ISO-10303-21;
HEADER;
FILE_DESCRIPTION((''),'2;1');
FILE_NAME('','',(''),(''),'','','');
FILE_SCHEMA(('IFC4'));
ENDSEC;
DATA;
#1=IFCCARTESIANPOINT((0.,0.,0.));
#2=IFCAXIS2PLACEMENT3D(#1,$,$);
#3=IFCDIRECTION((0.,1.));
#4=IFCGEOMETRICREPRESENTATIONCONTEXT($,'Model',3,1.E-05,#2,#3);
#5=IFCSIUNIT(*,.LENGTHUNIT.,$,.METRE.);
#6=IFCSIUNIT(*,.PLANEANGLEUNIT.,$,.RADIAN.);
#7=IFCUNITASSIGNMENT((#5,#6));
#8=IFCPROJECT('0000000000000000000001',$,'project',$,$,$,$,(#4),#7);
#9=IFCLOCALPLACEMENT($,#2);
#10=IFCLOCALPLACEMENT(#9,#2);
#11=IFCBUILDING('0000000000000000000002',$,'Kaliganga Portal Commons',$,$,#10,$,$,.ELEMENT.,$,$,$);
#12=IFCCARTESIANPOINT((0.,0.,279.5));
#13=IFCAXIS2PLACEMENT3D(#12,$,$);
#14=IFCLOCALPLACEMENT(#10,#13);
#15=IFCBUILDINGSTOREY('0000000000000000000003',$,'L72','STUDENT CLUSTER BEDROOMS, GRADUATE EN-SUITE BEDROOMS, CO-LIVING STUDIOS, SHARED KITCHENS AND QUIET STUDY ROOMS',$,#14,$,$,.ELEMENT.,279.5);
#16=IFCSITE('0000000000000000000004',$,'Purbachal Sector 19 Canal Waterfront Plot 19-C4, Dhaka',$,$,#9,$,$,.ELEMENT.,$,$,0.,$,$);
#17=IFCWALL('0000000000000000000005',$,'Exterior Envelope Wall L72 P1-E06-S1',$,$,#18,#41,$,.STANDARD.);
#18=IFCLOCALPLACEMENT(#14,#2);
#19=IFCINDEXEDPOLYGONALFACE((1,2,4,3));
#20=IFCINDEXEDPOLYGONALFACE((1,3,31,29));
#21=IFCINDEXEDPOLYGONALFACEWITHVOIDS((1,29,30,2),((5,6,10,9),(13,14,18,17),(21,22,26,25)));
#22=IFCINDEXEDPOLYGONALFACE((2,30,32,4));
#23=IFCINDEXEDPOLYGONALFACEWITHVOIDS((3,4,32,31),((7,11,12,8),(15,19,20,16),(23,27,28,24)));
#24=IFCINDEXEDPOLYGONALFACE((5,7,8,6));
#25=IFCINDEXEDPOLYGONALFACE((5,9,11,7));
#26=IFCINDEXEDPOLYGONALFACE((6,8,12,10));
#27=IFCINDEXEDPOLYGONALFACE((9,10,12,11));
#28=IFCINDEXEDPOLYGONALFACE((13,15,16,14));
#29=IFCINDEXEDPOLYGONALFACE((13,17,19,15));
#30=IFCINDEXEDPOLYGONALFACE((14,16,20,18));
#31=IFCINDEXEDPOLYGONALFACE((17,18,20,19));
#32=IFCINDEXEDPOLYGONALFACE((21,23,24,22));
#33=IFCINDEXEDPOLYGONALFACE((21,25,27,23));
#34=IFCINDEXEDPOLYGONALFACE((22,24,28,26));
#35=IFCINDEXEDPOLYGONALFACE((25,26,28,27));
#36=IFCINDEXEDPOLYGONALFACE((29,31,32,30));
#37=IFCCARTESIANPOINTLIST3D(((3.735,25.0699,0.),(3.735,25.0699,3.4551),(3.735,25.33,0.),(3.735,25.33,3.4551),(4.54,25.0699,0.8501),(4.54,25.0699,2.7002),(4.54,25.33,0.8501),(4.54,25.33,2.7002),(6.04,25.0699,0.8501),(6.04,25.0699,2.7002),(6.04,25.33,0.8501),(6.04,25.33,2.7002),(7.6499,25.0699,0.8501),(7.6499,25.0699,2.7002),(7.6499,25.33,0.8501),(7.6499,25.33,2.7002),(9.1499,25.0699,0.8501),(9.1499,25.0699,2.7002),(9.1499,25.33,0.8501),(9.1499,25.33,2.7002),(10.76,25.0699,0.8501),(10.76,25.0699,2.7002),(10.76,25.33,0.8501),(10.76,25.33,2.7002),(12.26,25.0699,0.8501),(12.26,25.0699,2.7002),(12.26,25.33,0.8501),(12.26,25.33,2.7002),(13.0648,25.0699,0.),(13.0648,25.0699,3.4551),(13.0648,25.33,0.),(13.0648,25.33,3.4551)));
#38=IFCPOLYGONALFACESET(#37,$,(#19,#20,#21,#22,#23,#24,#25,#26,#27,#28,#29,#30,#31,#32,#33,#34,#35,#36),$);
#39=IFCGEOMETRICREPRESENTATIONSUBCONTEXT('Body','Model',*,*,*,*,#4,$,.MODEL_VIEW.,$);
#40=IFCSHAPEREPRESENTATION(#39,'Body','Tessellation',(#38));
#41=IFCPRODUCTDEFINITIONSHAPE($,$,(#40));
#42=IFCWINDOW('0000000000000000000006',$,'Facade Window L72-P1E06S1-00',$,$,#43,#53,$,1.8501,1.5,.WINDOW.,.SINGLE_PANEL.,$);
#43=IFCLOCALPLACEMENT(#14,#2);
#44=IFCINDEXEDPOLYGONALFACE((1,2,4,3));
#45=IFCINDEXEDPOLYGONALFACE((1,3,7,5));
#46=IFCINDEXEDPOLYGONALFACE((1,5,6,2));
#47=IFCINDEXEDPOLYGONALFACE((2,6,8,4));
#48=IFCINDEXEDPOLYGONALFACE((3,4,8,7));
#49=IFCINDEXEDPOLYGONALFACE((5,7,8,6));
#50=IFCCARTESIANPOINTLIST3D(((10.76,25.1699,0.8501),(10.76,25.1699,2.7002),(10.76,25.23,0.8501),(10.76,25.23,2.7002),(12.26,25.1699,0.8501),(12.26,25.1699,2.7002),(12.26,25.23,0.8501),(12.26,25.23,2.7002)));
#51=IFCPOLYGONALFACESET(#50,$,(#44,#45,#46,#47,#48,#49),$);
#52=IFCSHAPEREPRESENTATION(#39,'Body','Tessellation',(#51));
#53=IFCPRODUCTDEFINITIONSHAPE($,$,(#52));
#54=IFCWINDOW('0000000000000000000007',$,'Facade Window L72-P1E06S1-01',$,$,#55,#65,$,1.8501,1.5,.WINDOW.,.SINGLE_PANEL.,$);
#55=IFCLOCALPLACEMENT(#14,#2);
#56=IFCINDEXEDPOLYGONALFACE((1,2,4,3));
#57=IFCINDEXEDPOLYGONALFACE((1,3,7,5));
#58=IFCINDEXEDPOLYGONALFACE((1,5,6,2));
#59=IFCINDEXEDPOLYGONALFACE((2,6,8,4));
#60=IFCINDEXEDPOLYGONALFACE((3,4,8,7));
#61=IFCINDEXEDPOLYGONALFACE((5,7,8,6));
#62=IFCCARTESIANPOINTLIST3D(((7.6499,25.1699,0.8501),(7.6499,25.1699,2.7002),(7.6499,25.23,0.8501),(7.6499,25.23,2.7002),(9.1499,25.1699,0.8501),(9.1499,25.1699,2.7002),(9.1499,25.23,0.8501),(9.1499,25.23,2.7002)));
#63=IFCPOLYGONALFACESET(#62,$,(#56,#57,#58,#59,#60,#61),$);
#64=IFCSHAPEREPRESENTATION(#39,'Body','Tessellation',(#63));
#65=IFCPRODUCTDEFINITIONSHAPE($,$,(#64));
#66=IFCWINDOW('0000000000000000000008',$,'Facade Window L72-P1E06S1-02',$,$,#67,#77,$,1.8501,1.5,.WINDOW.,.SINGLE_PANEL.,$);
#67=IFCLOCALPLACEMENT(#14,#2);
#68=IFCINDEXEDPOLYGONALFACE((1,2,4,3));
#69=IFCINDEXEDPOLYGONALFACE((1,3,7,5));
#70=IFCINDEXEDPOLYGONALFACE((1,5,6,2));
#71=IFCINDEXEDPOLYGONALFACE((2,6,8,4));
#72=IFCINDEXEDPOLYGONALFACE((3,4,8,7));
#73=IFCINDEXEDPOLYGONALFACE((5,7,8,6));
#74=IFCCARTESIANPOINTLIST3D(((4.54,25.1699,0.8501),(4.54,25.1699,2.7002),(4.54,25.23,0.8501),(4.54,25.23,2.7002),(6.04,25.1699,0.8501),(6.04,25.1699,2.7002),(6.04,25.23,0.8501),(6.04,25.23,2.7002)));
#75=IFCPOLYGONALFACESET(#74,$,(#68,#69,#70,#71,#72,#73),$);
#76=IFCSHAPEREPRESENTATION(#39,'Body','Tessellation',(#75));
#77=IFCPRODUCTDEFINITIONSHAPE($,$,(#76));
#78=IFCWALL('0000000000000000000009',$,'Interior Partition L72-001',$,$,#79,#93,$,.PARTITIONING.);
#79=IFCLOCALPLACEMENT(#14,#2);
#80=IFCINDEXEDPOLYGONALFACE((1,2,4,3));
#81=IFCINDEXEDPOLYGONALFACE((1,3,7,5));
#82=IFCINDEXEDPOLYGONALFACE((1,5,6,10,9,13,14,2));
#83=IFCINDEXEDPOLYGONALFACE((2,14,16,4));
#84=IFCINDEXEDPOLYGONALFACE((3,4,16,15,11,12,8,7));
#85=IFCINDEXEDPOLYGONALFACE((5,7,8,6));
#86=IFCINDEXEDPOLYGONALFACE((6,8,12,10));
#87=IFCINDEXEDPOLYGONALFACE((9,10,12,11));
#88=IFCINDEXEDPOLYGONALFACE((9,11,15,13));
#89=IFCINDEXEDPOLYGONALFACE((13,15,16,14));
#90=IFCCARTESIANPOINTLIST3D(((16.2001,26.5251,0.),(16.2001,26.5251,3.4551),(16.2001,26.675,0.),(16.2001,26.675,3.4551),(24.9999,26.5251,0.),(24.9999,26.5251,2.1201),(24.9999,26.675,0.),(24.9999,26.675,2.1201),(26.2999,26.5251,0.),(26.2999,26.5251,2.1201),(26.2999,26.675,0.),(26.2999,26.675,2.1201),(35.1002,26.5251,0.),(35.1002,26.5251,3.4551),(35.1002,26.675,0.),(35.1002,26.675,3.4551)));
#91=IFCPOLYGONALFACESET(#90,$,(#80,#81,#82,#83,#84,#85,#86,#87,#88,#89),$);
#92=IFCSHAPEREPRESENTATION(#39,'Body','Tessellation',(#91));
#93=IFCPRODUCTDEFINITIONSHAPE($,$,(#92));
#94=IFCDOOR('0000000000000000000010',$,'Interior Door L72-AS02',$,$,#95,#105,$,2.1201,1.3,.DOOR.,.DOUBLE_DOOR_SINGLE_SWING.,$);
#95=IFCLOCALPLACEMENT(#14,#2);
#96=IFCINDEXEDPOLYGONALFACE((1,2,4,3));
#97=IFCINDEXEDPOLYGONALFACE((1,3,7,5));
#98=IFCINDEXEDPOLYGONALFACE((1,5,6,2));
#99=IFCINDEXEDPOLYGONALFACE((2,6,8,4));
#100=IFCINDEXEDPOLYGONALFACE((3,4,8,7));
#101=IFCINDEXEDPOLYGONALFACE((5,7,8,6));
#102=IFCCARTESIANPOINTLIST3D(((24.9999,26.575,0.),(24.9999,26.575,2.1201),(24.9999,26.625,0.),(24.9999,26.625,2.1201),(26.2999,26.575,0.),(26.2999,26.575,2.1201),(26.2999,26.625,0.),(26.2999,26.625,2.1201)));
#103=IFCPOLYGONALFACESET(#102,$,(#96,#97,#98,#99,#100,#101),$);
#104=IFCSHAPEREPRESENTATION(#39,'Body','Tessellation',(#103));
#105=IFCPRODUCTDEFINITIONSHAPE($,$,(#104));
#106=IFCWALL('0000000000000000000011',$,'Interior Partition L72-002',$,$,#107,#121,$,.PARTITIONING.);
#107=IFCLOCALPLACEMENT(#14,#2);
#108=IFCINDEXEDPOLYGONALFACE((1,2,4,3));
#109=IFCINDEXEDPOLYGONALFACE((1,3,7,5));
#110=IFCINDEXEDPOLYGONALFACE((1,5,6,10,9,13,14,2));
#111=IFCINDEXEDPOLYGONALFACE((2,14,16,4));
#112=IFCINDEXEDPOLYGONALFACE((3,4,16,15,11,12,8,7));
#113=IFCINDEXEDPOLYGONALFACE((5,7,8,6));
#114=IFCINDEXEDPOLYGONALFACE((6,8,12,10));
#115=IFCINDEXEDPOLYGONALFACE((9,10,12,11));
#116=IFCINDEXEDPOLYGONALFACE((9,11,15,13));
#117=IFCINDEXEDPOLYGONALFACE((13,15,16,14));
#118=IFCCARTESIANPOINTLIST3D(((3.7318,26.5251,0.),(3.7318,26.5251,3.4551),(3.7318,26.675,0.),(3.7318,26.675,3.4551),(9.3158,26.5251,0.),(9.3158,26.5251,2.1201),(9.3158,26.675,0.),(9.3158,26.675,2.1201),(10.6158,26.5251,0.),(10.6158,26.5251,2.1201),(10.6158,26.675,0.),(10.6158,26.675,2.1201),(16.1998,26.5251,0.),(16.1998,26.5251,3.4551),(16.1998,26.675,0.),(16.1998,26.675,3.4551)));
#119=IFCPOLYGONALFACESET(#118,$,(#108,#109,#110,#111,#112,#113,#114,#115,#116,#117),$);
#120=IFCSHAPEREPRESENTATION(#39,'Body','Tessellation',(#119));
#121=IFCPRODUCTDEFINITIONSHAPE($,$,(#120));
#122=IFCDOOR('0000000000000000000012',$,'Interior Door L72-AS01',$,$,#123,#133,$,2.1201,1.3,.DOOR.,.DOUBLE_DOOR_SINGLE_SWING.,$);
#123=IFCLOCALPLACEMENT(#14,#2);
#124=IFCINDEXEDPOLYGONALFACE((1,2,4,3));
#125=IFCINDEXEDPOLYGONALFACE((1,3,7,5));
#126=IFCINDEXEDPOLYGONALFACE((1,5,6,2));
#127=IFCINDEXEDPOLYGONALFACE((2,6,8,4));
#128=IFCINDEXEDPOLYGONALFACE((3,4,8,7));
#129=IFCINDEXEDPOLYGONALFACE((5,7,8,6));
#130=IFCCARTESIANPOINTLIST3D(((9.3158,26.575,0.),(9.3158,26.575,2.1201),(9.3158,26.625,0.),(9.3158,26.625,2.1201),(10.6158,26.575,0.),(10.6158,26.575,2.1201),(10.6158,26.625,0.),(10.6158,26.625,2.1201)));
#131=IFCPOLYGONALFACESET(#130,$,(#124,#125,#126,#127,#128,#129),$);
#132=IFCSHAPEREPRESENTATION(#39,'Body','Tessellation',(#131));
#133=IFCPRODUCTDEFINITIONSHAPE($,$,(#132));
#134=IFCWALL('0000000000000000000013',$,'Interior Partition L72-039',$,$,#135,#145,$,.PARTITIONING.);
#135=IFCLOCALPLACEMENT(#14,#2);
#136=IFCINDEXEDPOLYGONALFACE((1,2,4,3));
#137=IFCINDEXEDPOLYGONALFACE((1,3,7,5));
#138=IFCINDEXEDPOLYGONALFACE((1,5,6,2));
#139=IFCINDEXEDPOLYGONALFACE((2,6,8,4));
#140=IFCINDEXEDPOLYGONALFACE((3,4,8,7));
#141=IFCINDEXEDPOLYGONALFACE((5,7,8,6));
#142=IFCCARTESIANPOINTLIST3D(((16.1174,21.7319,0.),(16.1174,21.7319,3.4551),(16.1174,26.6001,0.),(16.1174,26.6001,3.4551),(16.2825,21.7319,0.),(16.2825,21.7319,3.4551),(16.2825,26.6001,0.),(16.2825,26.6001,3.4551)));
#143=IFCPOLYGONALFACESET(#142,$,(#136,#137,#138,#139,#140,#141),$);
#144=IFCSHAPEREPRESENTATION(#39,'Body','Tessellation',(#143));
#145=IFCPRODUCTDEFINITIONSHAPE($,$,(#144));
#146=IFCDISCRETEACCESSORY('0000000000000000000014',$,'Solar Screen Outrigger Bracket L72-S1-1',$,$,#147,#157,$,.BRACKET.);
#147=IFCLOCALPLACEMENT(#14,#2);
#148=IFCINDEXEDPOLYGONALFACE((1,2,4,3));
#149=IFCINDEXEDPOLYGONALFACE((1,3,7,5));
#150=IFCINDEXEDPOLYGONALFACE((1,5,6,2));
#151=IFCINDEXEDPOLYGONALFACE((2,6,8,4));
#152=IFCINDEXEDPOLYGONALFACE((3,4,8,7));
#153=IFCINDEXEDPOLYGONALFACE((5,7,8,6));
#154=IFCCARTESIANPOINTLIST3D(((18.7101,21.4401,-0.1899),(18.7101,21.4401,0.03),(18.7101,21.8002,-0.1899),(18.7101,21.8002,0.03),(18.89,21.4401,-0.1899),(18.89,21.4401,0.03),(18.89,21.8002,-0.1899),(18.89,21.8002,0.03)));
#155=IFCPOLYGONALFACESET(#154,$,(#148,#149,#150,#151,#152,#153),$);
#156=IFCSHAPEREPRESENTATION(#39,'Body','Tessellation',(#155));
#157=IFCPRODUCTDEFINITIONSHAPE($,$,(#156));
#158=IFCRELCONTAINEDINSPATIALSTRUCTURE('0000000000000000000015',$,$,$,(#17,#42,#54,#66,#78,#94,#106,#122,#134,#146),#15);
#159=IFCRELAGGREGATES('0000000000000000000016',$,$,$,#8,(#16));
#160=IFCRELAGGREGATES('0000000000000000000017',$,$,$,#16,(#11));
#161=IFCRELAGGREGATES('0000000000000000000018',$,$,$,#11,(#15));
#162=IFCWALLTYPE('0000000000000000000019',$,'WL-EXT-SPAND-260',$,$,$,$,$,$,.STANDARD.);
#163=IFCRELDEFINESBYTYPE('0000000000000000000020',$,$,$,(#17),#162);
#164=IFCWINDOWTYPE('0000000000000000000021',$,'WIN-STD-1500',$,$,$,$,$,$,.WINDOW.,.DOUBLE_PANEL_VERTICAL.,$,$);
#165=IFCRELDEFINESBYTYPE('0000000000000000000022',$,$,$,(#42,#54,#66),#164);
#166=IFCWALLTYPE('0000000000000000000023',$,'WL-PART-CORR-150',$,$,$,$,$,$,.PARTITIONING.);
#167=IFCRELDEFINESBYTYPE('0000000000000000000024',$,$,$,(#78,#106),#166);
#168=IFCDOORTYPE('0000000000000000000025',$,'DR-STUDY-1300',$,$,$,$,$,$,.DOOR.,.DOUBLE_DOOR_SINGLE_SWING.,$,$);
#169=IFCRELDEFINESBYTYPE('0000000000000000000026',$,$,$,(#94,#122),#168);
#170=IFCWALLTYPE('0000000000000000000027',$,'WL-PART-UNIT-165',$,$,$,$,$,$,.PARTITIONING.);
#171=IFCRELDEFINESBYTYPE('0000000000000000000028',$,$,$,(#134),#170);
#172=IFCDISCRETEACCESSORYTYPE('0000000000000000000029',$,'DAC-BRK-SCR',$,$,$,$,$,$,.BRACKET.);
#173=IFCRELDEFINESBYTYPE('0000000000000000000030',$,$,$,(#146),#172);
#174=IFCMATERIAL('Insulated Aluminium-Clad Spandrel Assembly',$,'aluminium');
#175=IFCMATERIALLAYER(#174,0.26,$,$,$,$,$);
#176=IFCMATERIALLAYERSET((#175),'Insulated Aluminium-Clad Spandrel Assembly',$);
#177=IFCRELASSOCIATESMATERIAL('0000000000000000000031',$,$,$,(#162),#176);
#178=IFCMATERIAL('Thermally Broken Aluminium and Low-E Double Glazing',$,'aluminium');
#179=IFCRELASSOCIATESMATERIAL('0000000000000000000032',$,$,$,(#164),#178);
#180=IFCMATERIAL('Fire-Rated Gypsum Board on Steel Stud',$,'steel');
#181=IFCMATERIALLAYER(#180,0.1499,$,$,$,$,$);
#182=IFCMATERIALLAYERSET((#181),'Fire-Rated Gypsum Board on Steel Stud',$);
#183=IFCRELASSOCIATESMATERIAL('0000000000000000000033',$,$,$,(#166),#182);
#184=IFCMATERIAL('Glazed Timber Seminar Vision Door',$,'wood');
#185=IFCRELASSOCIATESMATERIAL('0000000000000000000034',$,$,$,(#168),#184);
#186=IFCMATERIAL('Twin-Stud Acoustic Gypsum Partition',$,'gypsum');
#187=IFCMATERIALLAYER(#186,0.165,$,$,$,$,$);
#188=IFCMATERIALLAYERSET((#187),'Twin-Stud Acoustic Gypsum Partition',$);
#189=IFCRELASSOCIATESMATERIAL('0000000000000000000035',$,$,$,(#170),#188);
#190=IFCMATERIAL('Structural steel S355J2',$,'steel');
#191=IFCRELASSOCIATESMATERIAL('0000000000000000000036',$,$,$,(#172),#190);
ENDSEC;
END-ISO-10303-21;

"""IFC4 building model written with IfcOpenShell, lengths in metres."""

from ifc_helpers import new_model, si_unit, direction, frame, frame_2d, origin, origin_2d, place, context, subcontext, project, spatial, rectangle, extrude, source, transform, mapped, material, layer, layer_set, type_object, element, fill, save


model = new_model("IFC4")

# Units and contexts
model_context = context("Model", 3, precision=1e-05, world=origin(), true_north=direction((0.0, 1.0)))
body_context = subcontext(model_context, "Body", "Model", "MODEL_VIEW")
ifc_project = project(units=[si_unit("LENGTHUNIT", "METRE"), si_unit("PLANEANGLEUNIT", "RADIAN")], contexts=[model_context])

# Site, building, storey
site_placement = place(None, origin())
site = spatial("IfcSite", under=ifc_project, at=site_placement, Name="Purbachal Sector 19 Canal Waterfront Plot 19-C4, Dhaka", CompositionType="ELEMENT", RefElevation=0.0)
building_placement = place(site_placement, origin())
building = spatial("IfcBuilding", under=site, at=building_placement, Name="Kaliganga Portal Commons", CompositionType="ELEMENT")
storey_placement = place(building_placement, frame((0.0, 0.0, 279.5)))
storey = spatial("IfcBuildingStorey", under=building, at=storey_placement, Name="L72", Description="STUDENT CLUSTER BEDROOMS, GRADUATE EN-SUITE BEDROOMS, CO-LIVING STUDIOS, SHARED KITCHENS AND QUIET STUDY ROOMS", CompositionType="ELEMENT", Elevation=279.5)

# Shared definitions
ifc_material_1 = material(Name="Structural steel S355J2", Category="steel")

# Shared definitions
ifc_material_2 = material(Name="Insulated Aluminium-Clad Spandrel Assembly", Category="aluminium")
ifc_layer_1 = layer(ifc_material_2, 0.26)
ifc_layer_set_1 = layer_set([ifc_layer_1], Name="Insulated Aluminium-Clad Spandrel Assembly")
wall_type_1 = type_object("IfcWallType", Name="WL-EXT-SPAND-260", PredefinedType="STANDARD", material=ifc_layer_set_1)
ifc_material_3 = material(Name="Thermally Broken Aluminium and Low-E Double Glazing", Category="aluminium")

# Wall, openings, windows
wall_1_placement = place(storey_placement, frame((13.0649, 25.2, 0.0), z_axis=(0.0, 0.0, 1.0), x_axis=(-1.0, 0.0, 0.0)))
wall_1 = element("IfcWall", 1, at=wall_1_placement, inside=storey, type_object=wall_type_1, Name="Exterior Envelope Wall L72 P1-E06-S1", PredefinedType="STANDARD", context=body_context, shape_type="SweptSolid", body=[
    extrude(rectangle(XDim=9.3298, YDim=0.26, at=frame_2d((4.665, 0.0))), origin(), (0.0, 0.0, 1.0), 3.4551),
])
opening_1_placement = place(wall_1_placement, frame((0.8049, 0.0, 0.8501)))
opening_1 = element("IfcOpeningElement", 2, at=opening_1_placement, cuts=wall_1, PredefinedType="OPENING", context=body_context, shape_type="SweptSolid", body=[
    extrude(rectangle(XDim=1.5, YDim=1.8501, at=frame_2d((0.75, 0.925))), frame((0.0, 0.1401, 0.0), z_axis=(0.0, -1.0, 0.0), x_axis=(1.0, 0.0, 0.0)), (0.0, 0.0, 1.0), 0.28),
])
opening_2_placement = place(wall_1_placement, frame((3.915, 0.0, 0.8501)))
opening_2 = element("IfcOpeningElement", 3, at=opening_2_placement, cuts=wall_1, PredefinedType="OPENING", context=body_context, shape_type="SweptSolid", body=[
    extrude(rectangle(XDim=1.5, YDim=1.8501, at=frame_2d((0.75, 0.925))), frame((0.0, 0.1401, 0.0), z_axis=(0.0, -1.0, 0.0), x_axis=(1.0, 0.0, 0.0)), (0.0, 0.0, 1.0), 0.28),
])
opening_3_placement = place(wall_1_placement, frame((7.0249, 0.0, 0.8501)))
opening_3 = element("IfcOpeningElement", 4, at=opening_3_placement, cuts=wall_1, PredefinedType="OPENING", context=body_context, shape_type="SweptSolid", body=[
    extrude(rectangle(XDim=1.5, YDim=1.8501, at=frame_2d((0.75, 0.925))), frame((0.0, 0.1401, 0.0), z_axis=(0.0, -1.0, 0.0), x_axis=(1.0, 0.0, 0.0)), (0.0, 0.0, 1.0), 0.28),
])
window_type_1 = type_object("IfcWindowType", Name="WIN-STD-1500", PartitioningType="DOUBLE_PANEL_VERTICAL", PredefinedType="WINDOW", material=ifc_material_3)
window_1_placement = place(opening_1_placement, origin())
window_1 = element("IfcWindow", 5, at=window_1_placement, inside=storey, type_object=window_type_1, Name="Facade Window L72-P1E06S1-00", OverallHeight=1.8501, OverallWidth=1.5, PartitioningType="SINGLE_PANEL", PredefinedType="WINDOW", context=body_context, shape_type="SweptSolid", body=[
    extrude(rectangle(XDim=1.5, YDim=1.8501, at=frame_2d((0.75, 0.925))), frame((0.0, 0.03, 0.0), z_axis=(0.0, -1.0, 0.0), x_axis=(1.0, 0.0, 0.0)), (0.0, 0.0, 1.0), 0.0601),
])
fill(opening_1, window_1)
window_2_placement = place(opening_2_placement, origin())
window_2 = element("IfcWindow", 6, at=window_2_placement, inside=storey, type_object=window_type_1, Name="Facade Window L72-P1E06S1-01", OverallHeight=1.8501, OverallWidth=1.5, PartitioningType="SINGLE_PANEL", PredefinedType="WINDOW", context=body_context, shape_type="SweptSolid", body=[
    extrude(rectangle(XDim=1.5, YDim=1.8501, at=frame_2d((0.75, 0.925))), frame((0.0, 0.03, 0.0), z_axis=(0.0, -1.0, 0.0), x_axis=(1.0, 0.0, 0.0)), (0.0, 0.0, 1.0), 0.0601),
])
fill(opening_2, window_2)
window_3_placement = place(opening_3_placement, origin())
window_3 = element("IfcWindow", 7, at=window_3_placement, inside=storey, type_object=window_type_1, Name="Facade Window L72-P1E06S1-02", OverallHeight=1.8501, OverallWidth=1.5, PartitioningType="SINGLE_PANEL", PredefinedType="WINDOW", context=body_context, shape_type="SweptSolid", body=[
    extrude(rectangle(XDim=1.5, YDim=1.8501, at=frame_2d((0.75, 0.925))), frame((0.0, 0.03, 0.0), z_axis=(0.0, -1.0, 0.0), x_axis=(1.0, 0.0, 0.0)), (0.0, 0.0, 1.0), 0.0601),
])
fill(opening_3, window_3)

# Walls, openings, doors
ifc_material_4 = material(Name="Fire-Rated Gypsum Board on Steel Stud", Category="steel")
ifc_layer_2 = layer(ifc_material_4, 0.1499)
ifc_layer_set_2 = layer_set([ifc_layer_2], Name="Fire-Rated Gypsum Board on Steel Stud")
wall_type_2 = type_object("IfcWallType", Name="WL-PART-CORR-150", PredefinedType="PARTITIONING", material=ifc_layer_set_2)
wall_2_placement = place(storey_placement, frame((16.2, 26.6001, 0.0), z_axis=(0.0, 0.0, 1.0), x_axis=(1.0, 0.0, 0.0)))
wall_2 = element("IfcWall", 8, at=wall_2_placement, inside=storey, type_object=wall_type_2, Name="Interior Partition L72-001", PredefinedType="PARTITIONING", context=body_context, shape_type="SweptSolid", body=[
    extrude(rectangle(XDim=18.9001, YDim=0.1499, at=frame_2d((9.4502, 0.0))), origin(), (0.0, 0.0, 1.0), 3.4551),
])
opening_4_placement = place(wall_2_placement, frame((8.8, 0.0, 0.0)))
opening_4 = element("IfcOpeningElement", 9, at=opening_4_placement, cuts=wall_2, PredefinedType="OPENING", context=body_context, shape_type="SweptSolid", body=[
    extrude(rectangle(XDim=1.3, YDim=2.1201, at=frame_2d((0.6499, 1.0601))), frame((0.0, 0.085, 0.0), z_axis=(0.0, -1.0, 0.0), x_axis=(1.0, 0.0, 0.0)), (0.0, 0.0, 1.0), 0.1699),
])
ifc_material_5 = material(Name="Glazed Timber Seminar Vision Door", Category="wood")
door_type = type_object("IfcDoorType", Name="DR-STUDY-1300", OperationType="DOUBLE_DOOR_SINGLE_SWING", PredefinedType="DOOR", material=ifc_material_5)
door_1_placement = place(opening_4_placement, origin())
door_1 = element("IfcDoor", 10, at=door_1_placement, inside=storey, type_object=door_type, Name="Interior Door L72-AS02", OperationType="DOUBLE_DOOR_SINGLE_SWING", OverallHeight=2.1201, OverallWidth=1.3, PredefinedType="DOOR", context=body_context, shape_type="SweptSolid", body=[
    extrude(rectangle(XDim=1.3, YDim=2.1201, at=frame_2d((0.6499, 1.0601))), frame((0.0, 0.0249, 0.0), z_axis=(0.0, -1.0, 0.0), x_axis=(1.0, 0.0, 0.0)), (0.0, 0.0, 1.0), 0.05),
])
fill(opening_4, door_1)
wall_3_placement = place(storey_placement, frame((3.7319, 26.6001, 0.0), z_axis=(0.0, 0.0, 1.0), x_axis=(1.0, 0.0, 0.0)))
wall_3 = element("IfcWall", 11, at=wall_3_placement, inside=storey, type_object=wall_type_2, Name="Interior Partition L72-002", PredefinedType="PARTITIONING", context=body_context, shape_type="SweptSolid", body=[
    extrude(rectangle(XDim=12.468, YDim=0.1499, at=frame_2d((6.2339, 0.0))), origin(), (0.0, 0.0, 1.0), 3.4551),
])
opening_5_placement = place(wall_3_placement, frame((5.584, 0.0, 0.0)))
opening_5 = element("IfcOpeningElement", 12, at=opening_5_placement, cuts=wall_3, PredefinedType="OPENING", context=body_context, shape_type="SweptSolid", body=[
    extrude(rectangle(XDim=1.3, YDim=2.1201, at=frame_2d((0.6499, 1.0601))), frame((0.0, 0.085, 0.0), z_axis=(0.0, -1.0, 0.0), x_axis=(1.0, 0.0, 0.0)), (0.0, 0.0, 1.0), 0.1699),
])
door_2_placement = place(opening_5_placement, origin())
door_2 = element("IfcDoor", 13, at=door_2_placement, inside=storey, type_object=door_type, Name="Interior Door L72-AS01", OperationType="DOUBLE_DOOR_SINGLE_SWING", OverallHeight=2.1201, OverallWidth=1.3, PredefinedType="DOOR", context=body_context, shape_type="SweptSolid", body=[
    extrude(rectangle(XDim=1.3, YDim=2.1201, at=frame_2d((0.6499, 1.0601))), frame((0.0, 0.0249, 0.0), z_axis=(0.0, -1.0, 0.0), x_axis=(1.0, 0.0, 0.0)), (0.0, 0.0, 1.0), 0.05),
])
fill(opening_5, door_2)

# Wall
ifc_material_6 = material(Name="Twin-Stud Acoustic Gypsum Partition", Category="gypsum")
ifc_layer_3 = layer(ifc_material_6, 0.165)
ifc_layer_set_3 = layer_set([ifc_layer_3], Name="Twin-Stud Acoustic Gypsum Partition")
wall_type_3 = type_object("IfcWallType", Name="WL-PART-UNIT-165", PredefinedType="PARTITIONING", material=ifc_layer_set_3)
wall_4_placement = place(storey_placement, frame((16.2, 21.7319, 0.0), z_axis=(0.0, 0.0, 1.0), x_axis=(0.0, 1.0, 0.0)))
element("IfcWall", 14, at=wall_4_placement, inside=storey, type_object=wall_type_3, Name="Interior Partition L72-039", PredefinedType="PARTITIONING", context=body_context, shape_type="SweptSolid", body=[
    extrude(rectangle(XDim=4.8682, YDim=0.165, at=frame_2d((2.4341, 0.0))), origin(), (0.0, 0.0, 1.0), 3.4551),
])

# Discrete accessory
discrete_accessory_type = type_object("IfcDiscreteAccessoryType", Name="DAC-BRK-SCR", PredefinedType="BRACKET", material=ifc_material_1)
shared_shape_1 = source(origin(), body_context, "Body", "SweptSolid", [
    extrude(rectangle(XDim=0.1799, YDim=0.3601, at=origin_2d()), origin(), (0.0, 0.0, 1.0), 0.22),
])
for number, where, z_axis, x_axis, name in (
    (15, (18.8, 21.6201, -0.1899), (0.0, 0.0, 1.0), (1.0, 0.0, 0.0), "Solar Screen Outrigger Bracket L72-S1-1"),
):
    element("IfcDiscreteAccessory", number, at=place(storey_placement, frame(where, z_axis=z_axis, x_axis=x_axis)), inside=storey, type_object=discrete_accessory_type, Name=name, PredefinedType="BRACKET", context=body_context, shape_type="MappedRepresentation", body=[
        mapped(shared_shape_1, transform((0.0, 0.0, 0.0), x_axis=(1.0, 0.0, 0.0), y_axis=(0.0, 1.0, 0.0), z_axis=(0.0, 0.0, 1.0), scale=1.0)),
    ])

save(model, "model.ifc")
